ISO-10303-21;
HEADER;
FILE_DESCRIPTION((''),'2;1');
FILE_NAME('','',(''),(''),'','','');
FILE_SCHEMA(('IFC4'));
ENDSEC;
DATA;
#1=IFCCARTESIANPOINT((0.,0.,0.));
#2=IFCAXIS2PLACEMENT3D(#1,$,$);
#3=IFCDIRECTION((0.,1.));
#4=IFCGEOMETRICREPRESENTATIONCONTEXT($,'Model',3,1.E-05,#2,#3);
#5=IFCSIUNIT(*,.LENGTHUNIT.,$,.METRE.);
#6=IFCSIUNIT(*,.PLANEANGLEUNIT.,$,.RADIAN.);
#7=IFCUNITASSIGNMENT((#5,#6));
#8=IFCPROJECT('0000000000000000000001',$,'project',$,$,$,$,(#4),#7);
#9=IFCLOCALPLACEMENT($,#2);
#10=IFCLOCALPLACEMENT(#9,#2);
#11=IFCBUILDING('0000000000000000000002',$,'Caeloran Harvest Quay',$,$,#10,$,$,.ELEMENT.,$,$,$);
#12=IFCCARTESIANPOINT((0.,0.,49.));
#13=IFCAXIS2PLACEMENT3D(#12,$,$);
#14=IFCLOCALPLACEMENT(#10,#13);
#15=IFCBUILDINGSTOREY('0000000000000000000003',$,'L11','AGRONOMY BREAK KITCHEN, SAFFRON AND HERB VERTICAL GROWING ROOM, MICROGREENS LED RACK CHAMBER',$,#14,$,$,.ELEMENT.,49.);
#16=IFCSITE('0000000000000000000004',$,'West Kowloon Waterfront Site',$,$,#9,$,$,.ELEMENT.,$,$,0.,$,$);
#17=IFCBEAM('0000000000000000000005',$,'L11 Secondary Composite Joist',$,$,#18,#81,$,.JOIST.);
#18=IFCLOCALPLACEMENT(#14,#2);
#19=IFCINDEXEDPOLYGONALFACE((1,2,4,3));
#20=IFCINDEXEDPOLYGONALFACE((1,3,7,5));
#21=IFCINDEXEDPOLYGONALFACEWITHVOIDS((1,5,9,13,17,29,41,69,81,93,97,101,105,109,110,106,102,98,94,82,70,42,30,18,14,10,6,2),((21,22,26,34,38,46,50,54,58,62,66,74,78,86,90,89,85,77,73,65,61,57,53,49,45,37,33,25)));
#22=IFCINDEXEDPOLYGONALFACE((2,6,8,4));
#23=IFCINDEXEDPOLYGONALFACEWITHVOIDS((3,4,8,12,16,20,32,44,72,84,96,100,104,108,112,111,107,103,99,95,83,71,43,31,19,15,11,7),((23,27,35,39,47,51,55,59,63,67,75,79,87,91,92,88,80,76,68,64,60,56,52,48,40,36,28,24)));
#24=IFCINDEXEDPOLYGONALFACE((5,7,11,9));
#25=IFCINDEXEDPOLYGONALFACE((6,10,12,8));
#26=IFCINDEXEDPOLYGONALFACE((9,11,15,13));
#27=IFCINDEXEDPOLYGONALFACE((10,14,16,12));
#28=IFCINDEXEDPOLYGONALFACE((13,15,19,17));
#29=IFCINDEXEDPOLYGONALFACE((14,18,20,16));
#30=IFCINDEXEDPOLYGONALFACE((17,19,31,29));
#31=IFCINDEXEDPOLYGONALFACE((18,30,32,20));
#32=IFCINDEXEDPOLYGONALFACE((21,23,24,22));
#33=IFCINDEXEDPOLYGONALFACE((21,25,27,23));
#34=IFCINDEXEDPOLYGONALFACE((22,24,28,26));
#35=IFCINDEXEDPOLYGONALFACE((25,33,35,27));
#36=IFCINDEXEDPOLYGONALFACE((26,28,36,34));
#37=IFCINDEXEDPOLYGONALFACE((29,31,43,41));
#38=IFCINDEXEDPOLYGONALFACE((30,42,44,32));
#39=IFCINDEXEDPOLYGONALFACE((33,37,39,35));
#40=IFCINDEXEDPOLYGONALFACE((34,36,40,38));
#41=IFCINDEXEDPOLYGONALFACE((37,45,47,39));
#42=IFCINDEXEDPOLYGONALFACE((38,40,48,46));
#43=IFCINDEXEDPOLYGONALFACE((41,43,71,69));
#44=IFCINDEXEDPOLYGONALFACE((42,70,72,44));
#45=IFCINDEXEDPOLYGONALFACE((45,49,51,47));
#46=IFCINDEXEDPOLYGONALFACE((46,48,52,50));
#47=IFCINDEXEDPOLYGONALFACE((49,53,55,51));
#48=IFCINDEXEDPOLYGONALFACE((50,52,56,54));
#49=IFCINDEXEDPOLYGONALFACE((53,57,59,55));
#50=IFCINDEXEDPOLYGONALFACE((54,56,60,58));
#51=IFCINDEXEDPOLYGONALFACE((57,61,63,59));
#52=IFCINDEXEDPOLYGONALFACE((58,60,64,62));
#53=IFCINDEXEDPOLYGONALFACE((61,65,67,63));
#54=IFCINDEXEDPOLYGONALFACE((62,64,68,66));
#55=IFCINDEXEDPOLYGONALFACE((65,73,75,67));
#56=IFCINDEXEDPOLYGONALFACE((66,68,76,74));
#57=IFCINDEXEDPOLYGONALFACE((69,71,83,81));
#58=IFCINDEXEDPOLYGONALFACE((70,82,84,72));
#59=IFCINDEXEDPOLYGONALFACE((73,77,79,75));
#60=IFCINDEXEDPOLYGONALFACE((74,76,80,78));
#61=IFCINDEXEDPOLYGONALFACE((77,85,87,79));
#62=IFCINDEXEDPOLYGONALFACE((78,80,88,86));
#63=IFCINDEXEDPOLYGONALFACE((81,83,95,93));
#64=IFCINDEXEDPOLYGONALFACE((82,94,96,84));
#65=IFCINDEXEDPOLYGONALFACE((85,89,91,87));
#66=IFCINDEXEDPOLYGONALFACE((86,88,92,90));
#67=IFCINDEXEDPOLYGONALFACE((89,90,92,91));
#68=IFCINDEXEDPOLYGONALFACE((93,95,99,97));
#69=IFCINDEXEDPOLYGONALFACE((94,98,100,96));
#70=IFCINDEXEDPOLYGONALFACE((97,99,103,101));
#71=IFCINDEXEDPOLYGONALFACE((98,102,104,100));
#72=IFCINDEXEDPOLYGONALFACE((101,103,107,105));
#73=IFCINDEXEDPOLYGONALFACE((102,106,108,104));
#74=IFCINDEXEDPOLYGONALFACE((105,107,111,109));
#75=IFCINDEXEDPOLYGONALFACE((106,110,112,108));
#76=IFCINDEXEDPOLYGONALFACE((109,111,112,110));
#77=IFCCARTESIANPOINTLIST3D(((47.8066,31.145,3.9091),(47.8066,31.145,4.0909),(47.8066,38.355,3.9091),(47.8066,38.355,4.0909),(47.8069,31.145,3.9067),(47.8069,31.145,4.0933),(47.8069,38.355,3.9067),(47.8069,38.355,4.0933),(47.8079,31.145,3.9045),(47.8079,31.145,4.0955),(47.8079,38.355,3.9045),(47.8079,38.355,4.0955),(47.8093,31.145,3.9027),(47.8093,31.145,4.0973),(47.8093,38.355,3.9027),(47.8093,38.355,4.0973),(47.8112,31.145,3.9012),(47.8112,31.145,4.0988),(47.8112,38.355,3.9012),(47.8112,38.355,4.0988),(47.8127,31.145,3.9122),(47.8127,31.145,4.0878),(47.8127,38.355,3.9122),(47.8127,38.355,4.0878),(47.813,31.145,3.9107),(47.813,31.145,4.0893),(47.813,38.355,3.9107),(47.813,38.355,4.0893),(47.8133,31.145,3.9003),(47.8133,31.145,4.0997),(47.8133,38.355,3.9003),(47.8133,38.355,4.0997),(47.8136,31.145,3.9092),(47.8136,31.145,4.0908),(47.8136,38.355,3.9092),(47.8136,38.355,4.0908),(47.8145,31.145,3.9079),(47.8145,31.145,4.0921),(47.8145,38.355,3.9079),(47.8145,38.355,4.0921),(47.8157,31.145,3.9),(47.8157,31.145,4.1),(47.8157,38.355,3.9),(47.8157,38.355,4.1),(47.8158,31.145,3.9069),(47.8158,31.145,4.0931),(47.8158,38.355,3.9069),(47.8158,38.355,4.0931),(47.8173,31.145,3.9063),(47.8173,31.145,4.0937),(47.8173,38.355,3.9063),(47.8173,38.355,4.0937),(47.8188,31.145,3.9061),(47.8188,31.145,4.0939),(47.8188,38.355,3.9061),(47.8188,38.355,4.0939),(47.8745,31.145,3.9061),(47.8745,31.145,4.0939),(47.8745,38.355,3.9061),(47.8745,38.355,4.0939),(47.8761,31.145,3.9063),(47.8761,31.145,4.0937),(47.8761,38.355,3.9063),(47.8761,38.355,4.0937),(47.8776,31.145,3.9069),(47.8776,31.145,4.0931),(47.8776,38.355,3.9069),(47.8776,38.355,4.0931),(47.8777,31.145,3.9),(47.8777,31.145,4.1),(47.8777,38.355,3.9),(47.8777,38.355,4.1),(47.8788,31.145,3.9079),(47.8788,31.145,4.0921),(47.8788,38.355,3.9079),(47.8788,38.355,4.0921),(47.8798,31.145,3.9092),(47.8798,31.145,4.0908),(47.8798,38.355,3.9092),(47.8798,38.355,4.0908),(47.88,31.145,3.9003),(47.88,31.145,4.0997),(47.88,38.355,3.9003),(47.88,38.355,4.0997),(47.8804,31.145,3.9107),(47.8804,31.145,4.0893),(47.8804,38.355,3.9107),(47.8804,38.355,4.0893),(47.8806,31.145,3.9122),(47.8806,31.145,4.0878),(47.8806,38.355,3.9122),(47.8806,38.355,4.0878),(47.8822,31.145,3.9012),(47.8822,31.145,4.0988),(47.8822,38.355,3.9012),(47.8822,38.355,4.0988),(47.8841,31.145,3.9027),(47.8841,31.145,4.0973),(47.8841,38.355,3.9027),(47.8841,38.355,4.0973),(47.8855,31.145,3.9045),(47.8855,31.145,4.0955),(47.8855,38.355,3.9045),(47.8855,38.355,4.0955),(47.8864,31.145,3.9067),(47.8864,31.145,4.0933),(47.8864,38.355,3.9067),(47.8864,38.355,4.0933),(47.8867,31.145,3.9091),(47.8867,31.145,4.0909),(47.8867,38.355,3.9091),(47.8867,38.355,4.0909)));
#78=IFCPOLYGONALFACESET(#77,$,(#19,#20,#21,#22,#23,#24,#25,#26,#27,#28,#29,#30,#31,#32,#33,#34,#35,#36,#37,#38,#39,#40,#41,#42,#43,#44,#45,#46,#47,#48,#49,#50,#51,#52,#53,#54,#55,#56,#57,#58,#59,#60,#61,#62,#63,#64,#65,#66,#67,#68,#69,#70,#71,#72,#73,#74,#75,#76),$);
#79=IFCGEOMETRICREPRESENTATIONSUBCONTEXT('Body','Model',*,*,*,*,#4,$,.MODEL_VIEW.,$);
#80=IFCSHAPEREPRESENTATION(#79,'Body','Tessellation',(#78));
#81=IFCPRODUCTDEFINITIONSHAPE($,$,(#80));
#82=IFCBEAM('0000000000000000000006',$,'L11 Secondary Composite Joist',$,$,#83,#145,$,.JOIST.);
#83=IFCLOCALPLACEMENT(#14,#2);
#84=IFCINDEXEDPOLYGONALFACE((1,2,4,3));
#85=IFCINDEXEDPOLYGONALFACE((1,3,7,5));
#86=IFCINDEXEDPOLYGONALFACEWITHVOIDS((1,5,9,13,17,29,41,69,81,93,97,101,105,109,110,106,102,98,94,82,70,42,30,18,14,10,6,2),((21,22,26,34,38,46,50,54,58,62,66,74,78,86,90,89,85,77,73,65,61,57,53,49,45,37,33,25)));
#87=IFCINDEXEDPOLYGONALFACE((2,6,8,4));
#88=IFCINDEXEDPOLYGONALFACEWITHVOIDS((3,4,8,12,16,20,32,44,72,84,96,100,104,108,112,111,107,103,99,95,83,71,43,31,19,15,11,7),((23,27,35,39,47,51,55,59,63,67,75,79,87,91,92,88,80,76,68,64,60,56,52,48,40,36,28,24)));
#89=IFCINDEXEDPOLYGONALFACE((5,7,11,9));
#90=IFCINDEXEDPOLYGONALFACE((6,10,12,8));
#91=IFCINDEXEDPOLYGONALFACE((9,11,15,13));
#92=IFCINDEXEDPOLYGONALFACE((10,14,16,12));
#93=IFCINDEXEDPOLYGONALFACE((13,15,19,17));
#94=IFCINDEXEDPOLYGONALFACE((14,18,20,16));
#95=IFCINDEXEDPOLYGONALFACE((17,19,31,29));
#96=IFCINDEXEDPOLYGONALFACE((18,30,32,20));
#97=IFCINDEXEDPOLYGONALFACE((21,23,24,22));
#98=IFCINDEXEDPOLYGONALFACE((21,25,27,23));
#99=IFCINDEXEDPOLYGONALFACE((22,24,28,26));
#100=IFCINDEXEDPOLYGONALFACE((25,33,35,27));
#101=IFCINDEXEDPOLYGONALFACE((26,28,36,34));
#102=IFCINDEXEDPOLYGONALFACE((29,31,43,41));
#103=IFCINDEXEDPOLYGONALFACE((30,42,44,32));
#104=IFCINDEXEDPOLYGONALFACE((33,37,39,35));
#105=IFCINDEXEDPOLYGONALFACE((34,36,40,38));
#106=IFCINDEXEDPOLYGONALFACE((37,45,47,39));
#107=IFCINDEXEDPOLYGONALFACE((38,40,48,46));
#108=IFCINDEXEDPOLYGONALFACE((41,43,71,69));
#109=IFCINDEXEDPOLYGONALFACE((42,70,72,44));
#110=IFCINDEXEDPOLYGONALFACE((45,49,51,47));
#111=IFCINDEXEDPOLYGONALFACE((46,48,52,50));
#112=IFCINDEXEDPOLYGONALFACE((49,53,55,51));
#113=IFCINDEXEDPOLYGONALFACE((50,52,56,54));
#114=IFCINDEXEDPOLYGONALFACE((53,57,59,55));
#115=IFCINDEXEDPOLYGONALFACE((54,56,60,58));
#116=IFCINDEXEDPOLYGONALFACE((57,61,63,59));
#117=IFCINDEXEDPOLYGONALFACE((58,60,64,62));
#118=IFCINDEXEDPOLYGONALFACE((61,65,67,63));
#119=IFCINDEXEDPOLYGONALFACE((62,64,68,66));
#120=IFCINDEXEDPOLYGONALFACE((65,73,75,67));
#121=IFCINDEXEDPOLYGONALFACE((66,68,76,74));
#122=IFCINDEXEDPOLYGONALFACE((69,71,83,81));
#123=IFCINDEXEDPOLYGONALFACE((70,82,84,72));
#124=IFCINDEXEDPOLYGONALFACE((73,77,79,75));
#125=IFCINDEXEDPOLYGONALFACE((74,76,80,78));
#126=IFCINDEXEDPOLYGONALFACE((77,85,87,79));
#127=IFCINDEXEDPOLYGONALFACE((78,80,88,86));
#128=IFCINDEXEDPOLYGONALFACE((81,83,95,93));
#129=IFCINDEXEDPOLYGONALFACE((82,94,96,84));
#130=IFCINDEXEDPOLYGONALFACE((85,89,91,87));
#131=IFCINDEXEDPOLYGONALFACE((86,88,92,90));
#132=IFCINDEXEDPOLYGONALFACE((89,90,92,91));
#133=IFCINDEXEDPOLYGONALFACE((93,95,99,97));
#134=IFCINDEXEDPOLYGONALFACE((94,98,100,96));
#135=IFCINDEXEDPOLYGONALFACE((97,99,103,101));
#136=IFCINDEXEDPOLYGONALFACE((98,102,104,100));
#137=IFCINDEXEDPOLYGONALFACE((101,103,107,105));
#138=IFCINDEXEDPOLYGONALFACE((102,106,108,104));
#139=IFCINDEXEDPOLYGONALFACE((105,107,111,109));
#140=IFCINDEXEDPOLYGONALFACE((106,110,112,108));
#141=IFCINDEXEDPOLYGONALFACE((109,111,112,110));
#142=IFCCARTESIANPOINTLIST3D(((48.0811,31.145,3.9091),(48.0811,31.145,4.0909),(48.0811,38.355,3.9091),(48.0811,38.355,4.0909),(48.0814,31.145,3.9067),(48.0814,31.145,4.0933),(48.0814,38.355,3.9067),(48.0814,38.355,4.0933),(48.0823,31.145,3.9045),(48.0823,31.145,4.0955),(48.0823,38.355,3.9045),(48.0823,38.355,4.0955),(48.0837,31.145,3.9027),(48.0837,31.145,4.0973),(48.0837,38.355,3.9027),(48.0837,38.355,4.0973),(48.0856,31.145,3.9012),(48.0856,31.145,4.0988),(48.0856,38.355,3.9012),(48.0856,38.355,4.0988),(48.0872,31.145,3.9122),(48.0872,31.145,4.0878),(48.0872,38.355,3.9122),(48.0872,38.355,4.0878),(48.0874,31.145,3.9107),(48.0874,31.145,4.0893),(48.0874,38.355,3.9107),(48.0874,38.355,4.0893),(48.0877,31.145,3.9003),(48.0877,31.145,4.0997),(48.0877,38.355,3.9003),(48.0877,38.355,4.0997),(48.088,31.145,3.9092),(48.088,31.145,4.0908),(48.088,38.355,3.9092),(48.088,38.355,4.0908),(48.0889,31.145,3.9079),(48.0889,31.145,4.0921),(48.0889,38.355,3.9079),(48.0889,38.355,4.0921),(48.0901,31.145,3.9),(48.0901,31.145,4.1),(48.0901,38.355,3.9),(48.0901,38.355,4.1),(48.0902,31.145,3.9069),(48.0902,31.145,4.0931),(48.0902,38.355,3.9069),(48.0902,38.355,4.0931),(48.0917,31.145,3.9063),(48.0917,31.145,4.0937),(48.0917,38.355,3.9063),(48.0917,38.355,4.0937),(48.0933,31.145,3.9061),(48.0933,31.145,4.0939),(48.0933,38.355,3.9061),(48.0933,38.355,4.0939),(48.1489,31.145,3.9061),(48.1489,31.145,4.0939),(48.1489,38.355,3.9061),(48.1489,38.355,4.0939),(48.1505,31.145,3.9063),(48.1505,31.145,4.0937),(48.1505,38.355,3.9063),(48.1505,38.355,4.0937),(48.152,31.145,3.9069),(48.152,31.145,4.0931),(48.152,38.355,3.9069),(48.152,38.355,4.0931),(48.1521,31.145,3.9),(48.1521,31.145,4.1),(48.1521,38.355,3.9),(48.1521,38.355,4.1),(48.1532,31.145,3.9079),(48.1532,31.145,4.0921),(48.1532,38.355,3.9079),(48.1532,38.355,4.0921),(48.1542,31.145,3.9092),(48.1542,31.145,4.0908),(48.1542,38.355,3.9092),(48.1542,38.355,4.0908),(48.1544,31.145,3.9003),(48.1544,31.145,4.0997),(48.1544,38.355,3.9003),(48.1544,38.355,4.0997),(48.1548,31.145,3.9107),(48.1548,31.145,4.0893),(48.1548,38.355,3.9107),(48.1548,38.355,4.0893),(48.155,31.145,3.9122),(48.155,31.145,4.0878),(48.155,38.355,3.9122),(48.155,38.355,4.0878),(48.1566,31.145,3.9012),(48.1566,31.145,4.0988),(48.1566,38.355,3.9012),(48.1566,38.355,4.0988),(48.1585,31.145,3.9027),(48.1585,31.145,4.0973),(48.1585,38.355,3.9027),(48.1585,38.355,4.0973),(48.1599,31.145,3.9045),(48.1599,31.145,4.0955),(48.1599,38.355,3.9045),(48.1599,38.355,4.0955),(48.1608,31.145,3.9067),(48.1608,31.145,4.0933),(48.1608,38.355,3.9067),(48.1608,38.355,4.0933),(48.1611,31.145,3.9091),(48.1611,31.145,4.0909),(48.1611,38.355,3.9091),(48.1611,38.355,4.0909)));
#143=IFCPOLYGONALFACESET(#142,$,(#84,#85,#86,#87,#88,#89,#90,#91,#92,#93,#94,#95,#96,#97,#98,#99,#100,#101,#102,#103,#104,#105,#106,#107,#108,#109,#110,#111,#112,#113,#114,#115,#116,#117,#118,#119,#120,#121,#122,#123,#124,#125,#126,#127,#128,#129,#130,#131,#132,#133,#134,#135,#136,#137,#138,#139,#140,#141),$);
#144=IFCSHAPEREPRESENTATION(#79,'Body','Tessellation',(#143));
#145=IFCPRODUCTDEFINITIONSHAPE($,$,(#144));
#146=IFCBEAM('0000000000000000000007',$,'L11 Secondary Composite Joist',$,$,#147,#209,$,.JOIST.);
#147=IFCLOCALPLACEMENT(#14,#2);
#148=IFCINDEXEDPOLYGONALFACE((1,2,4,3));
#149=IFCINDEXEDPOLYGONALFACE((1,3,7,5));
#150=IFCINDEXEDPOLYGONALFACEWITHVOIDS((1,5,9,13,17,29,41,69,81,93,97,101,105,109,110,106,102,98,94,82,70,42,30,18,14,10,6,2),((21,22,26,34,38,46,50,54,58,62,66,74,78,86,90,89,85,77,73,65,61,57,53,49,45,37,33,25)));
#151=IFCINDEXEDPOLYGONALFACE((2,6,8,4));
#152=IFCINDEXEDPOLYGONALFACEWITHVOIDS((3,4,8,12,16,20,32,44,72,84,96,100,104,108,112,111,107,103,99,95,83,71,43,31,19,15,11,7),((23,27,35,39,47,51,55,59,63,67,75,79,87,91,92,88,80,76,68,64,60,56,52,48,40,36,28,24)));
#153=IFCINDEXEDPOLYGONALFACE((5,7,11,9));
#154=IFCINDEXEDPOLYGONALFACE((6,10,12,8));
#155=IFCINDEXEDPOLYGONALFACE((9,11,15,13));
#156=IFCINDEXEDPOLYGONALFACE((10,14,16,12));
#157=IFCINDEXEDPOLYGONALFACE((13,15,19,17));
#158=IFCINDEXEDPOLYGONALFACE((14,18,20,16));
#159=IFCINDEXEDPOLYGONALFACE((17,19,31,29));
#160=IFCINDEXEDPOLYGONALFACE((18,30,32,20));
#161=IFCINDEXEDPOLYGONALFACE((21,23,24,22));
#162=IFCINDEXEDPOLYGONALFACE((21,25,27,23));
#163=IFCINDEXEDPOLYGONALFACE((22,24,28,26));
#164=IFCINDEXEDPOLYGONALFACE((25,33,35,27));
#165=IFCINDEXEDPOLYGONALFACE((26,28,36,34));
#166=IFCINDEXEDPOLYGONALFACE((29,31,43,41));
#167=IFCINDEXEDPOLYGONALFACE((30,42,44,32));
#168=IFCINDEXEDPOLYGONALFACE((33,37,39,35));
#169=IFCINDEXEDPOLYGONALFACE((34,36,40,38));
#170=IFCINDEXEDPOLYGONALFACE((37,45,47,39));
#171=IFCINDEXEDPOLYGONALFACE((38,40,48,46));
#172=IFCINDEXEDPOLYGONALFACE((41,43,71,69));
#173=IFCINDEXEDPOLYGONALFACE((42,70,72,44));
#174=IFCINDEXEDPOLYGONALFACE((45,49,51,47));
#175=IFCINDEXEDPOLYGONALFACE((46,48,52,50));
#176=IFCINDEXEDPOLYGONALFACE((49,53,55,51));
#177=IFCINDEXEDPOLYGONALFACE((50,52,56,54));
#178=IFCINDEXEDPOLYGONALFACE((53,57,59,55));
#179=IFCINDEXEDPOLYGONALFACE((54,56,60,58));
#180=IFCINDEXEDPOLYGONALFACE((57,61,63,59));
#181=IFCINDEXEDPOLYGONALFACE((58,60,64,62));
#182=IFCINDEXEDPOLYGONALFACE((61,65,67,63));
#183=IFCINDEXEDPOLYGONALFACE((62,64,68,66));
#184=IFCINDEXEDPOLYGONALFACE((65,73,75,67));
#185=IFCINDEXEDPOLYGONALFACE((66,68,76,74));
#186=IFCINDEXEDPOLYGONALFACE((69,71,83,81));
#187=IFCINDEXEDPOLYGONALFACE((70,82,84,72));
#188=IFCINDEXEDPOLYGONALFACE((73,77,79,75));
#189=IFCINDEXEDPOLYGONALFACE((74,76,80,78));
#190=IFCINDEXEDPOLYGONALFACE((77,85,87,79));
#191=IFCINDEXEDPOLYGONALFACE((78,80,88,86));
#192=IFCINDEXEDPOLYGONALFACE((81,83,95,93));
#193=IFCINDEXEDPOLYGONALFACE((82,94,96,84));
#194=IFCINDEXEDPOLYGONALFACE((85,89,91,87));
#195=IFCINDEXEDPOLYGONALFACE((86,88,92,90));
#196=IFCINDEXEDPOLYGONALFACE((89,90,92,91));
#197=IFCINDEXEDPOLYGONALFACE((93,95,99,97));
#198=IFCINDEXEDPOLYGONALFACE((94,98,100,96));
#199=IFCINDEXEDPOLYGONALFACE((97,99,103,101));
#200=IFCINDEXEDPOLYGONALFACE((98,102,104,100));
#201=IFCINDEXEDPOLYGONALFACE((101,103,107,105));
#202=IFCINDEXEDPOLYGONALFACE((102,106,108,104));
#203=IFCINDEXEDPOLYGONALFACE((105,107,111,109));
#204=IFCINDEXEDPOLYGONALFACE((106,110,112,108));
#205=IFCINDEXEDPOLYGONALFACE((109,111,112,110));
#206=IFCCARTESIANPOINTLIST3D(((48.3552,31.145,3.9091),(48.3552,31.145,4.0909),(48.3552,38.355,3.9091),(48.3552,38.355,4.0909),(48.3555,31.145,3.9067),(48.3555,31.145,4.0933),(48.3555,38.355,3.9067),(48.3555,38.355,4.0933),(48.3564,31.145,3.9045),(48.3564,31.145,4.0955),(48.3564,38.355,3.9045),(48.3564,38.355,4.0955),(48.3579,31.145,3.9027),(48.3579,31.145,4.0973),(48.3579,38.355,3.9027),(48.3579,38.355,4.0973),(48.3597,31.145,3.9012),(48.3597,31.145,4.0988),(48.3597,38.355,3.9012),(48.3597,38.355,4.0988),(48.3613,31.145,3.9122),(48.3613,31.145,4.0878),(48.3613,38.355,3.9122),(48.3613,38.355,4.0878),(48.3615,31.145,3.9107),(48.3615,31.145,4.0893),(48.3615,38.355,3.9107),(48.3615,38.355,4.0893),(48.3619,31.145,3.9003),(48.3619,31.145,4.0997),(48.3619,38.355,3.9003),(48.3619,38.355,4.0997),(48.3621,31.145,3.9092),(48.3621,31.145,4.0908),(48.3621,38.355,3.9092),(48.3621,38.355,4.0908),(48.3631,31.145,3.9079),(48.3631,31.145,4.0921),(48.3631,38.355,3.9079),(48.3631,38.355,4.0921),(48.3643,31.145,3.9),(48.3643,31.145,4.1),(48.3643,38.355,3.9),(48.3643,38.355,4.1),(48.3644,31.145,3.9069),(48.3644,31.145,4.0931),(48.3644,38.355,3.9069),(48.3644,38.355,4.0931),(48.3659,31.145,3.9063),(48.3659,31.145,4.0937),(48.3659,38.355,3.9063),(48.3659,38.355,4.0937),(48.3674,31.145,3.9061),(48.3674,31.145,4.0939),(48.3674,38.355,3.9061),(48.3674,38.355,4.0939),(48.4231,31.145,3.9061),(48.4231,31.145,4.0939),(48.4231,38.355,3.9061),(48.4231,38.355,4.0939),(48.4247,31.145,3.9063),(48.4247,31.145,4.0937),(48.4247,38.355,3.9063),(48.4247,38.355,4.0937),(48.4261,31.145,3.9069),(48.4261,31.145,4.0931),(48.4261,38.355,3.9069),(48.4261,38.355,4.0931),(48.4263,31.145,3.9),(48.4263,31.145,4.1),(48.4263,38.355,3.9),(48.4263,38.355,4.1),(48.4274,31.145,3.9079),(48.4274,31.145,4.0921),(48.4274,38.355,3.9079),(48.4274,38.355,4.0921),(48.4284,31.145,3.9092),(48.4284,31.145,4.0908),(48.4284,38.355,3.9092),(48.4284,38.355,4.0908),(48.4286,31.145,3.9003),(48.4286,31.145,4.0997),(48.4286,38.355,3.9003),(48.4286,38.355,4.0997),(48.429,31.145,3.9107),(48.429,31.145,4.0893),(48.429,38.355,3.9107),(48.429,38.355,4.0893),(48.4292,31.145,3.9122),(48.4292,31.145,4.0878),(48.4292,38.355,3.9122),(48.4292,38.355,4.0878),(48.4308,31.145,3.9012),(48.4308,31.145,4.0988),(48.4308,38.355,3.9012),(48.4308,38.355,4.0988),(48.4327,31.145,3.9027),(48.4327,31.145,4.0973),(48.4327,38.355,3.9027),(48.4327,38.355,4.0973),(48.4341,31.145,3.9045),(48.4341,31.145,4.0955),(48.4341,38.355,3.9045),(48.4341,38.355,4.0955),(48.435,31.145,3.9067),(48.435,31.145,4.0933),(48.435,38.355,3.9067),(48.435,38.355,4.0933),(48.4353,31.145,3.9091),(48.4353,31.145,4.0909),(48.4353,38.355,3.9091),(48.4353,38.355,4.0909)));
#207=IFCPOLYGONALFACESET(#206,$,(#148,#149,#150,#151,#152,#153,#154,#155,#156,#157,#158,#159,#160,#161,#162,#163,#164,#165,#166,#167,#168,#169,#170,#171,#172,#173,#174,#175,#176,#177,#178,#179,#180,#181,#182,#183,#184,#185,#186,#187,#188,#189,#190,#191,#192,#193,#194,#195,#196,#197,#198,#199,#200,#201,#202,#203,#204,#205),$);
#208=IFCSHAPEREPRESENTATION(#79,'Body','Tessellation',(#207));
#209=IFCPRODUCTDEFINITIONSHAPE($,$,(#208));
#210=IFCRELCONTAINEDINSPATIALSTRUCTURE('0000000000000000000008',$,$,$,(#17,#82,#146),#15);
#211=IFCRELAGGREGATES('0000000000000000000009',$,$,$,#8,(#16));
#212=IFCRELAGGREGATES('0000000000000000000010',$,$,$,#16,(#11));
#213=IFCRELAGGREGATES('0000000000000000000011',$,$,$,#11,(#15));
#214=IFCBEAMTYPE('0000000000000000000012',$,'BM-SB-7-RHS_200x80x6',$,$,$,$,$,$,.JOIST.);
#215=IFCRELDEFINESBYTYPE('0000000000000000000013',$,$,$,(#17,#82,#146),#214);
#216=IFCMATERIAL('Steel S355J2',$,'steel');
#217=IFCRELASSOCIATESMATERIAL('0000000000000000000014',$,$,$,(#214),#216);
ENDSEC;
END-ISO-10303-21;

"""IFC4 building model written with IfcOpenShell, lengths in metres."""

from ifc_helpers import new_model, si_unit, direction, frame, origin, origin_2d, place, context, subcontext, project, spatial, hollow_rectangle, extrude, material, material_profile, profile_set, type_object, element, save


model = new_model("IFC4")

# Units and contexts
model_context = context("Model", 3, precision=1e-05, world=origin(), true_north=direction((0.0, 1.0)))
body_context = subcontext(model_context, "Body", "Model", "MODEL_VIEW")
ifc_project = project(units=[si_unit("LENGTHUNIT", "METRE"), si_unit("PLANEANGLEUNIT", "RADIAN")], contexts=[model_context])

# Site, building, storey
site_placement = place(None, origin())
site = spatial("IfcSite", under=ifc_project, at=site_placement, Name="West Kowloon Waterfront Site", CompositionType="ELEMENT", RefElevation=0.0)
building_placement = place(site_placement, origin())
building = spatial("IfcBuilding", under=site, at=building_placement, Name="Caeloran Harvest Quay", CompositionType="ELEMENT")
storey_placement = place(building_placement, frame((0.0, 0.0, 49.0)))
storey = spatial("IfcBuildingStorey", under=building, at=storey_placement, Name="L11", Description="AGRONOMY BREAK KITCHEN, SAFFRON AND HERB VERTICAL GROWING ROOM, MICROGREENS LED RACK CHAMBER", CompositionType="ELEMENT", Elevation=49.0)

# Beams
ifc_material_1 = material(Name="Steel S355J2", Category="steel")
ifc_material_profile_1 = material_profile(ifc_material_1, hollow_rectangle(XDim=0.0801, YDim=0.2, WallThickness=0.0061, InnerFilletRadius=0.0061, OuterFilletRadius=0.009, at=origin_2d()), Name="RHS 200x80x6")
ifc_profile_set_1 = profile_set([ifc_material_profile_1], Name="Steel S355J2")
beam_type_1 = type_object("IfcBeamType", Name="BM-SB-7-RHS_200x80x6", PredefinedType="JOIST", material=ifc_profile_set_1)
for number, where, z_axis, x_axis, name in (
    (1, (47.8467, 31.145, 4.0), (0.0, 1.0, 0.0), (-1.0, 0.0, 0.0), "L11 Secondary Composite Joist"),
    (2, (48.1211, 31.145, 4.0), (0.0, 1.0, 0.0), (-1.0, 0.0, 0.0), "L11 Secondary Composite Joist"),
    (3, (48.3953, 31.145, 4.0), (0.0, 1.0, 0.0), (-1.0, 0.0, 0.0), "L11 Secondary Composite Joist"),
):
    element("IfcBeam", number, at=place(storey_placement, frame(where, z_axis=z_axis, x_axis=x_axis)), inside=storey, type_object=beam_type_1, Name=name, PredefinedType="JOIST", context=body_context, shape_type="SweptSolid", body=[
        extrude(hollow_rectangle(XDim=0.0801, YDim=0.2, WallThickness=0.0061, InnerFilletRadius=0.0061, OuterFilletRadius=0.009, at=origin_2d()), origin(), (0.0, 0.0, 1.0), 7.21),
    ])

save(model, "model.ifc")
